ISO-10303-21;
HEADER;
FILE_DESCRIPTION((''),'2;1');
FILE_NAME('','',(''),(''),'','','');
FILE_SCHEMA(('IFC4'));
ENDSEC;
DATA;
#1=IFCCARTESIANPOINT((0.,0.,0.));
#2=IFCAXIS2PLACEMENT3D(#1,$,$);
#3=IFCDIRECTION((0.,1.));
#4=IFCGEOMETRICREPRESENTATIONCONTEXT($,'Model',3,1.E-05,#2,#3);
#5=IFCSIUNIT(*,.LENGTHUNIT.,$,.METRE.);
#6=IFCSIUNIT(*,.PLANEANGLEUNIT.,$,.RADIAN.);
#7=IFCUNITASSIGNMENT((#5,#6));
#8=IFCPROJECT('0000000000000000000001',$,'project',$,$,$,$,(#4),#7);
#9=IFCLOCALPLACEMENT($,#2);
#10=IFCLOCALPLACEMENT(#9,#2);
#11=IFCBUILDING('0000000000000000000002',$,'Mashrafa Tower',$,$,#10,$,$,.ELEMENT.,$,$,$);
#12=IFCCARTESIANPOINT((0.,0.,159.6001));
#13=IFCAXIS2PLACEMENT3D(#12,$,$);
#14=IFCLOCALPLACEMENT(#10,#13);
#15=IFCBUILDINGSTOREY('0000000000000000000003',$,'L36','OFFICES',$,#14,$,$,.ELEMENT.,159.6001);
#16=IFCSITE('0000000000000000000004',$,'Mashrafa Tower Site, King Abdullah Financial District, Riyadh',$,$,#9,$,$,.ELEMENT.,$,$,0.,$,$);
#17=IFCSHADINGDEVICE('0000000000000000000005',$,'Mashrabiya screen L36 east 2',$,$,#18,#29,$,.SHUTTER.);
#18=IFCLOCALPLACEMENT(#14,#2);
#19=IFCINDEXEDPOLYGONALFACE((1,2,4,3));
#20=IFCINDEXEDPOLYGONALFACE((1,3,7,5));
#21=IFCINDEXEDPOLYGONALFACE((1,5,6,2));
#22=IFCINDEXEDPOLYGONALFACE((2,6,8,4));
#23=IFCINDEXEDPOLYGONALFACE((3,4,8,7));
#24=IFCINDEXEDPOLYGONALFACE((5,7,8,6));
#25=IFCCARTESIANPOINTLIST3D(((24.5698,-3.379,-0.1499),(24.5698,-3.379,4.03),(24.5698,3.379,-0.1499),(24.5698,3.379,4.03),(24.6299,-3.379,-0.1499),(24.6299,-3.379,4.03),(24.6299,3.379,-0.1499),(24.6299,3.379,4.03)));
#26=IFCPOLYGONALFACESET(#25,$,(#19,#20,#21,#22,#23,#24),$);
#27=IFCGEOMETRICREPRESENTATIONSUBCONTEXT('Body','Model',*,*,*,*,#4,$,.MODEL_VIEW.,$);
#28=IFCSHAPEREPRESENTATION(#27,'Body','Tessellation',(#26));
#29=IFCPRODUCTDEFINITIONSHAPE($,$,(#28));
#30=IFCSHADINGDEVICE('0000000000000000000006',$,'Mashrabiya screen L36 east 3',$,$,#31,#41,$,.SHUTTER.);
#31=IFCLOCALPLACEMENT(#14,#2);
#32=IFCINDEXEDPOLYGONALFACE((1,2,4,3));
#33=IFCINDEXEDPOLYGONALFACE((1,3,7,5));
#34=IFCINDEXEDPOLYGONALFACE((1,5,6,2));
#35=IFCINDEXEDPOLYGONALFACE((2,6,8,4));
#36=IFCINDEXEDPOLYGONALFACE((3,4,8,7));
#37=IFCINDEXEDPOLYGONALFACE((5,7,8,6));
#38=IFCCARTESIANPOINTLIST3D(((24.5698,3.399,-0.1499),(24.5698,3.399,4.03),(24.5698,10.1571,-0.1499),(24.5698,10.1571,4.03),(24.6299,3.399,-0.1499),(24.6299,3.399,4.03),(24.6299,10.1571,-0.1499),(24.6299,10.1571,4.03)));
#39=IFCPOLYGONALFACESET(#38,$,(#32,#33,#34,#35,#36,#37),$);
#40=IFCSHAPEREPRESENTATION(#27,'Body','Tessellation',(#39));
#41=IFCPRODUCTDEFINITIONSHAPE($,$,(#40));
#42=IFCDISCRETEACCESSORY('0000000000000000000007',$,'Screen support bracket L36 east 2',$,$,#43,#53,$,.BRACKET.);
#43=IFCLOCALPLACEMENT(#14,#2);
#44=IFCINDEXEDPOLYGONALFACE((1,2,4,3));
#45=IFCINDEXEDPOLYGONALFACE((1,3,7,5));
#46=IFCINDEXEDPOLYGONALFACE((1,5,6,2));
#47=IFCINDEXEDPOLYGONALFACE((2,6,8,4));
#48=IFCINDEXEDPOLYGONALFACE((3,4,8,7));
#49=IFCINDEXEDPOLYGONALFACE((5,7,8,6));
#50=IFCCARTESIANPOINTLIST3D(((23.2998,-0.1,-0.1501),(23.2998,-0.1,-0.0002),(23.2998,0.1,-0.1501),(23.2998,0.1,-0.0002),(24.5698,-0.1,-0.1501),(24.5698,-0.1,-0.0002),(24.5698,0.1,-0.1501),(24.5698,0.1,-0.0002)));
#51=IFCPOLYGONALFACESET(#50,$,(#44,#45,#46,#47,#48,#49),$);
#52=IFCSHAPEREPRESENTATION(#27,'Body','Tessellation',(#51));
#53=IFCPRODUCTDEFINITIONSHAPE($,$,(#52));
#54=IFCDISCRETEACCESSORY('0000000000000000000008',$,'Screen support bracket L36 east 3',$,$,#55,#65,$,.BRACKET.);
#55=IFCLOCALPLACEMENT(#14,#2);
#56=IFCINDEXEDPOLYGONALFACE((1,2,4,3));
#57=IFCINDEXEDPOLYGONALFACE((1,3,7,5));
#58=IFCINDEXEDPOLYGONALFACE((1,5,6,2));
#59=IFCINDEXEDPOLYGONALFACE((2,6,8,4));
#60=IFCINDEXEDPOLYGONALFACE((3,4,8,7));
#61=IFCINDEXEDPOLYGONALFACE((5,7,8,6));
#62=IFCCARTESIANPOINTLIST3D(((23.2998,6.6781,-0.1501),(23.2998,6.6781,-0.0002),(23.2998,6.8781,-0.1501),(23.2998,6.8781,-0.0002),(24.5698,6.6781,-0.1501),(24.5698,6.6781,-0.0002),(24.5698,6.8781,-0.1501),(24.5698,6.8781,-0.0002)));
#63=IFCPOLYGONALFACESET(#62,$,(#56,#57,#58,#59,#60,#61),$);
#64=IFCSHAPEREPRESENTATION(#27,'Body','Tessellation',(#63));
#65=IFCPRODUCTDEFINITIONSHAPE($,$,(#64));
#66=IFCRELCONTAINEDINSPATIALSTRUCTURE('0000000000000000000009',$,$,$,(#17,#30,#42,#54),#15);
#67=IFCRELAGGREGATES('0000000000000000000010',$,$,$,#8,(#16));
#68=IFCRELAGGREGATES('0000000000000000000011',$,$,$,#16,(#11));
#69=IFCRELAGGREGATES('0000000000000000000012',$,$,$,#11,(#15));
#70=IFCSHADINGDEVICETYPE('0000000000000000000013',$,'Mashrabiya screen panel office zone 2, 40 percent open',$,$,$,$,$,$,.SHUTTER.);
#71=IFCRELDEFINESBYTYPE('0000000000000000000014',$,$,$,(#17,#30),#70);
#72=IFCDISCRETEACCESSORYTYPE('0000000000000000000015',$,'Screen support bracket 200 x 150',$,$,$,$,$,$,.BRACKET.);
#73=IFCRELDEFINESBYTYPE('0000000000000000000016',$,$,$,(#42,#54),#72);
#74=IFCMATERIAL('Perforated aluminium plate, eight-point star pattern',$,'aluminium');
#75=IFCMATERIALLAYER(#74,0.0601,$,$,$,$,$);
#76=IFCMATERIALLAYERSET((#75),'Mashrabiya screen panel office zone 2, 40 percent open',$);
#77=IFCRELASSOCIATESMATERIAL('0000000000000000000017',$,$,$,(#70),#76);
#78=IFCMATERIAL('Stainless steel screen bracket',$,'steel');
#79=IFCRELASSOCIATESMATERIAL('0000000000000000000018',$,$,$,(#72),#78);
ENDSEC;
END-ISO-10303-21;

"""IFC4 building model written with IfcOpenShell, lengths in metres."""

from ifc_helpers import new_model, si_unit, direction, frame, origin, origin_2d, place, context, subcontext, project, spatial, rectangle, extrude, source, transform, mapped, material, layer, layer_set, type_object, type_shapes, element, save


model = new_model("IFC4")

# Units and contexts
model_context = context("Model", 3, precision=1e-05, world=origin(), true_north=direction((0.0, 1.0)))
body_context = subcontext(model_context, "Body", "Model", "MODEL_VIEW")
ifc_project = project(units=[si_unit("LENGTHUNIT", "METRE"), si_unit("PLANEANGLEUNIT", "RADIAN")], contexts=[model_context])

# Site, building, storey
site_placement = place(None, origin())
site = spatial("IfcSite", under=ifc_project, at=site_placement, Name="Mashrafa Tower Site, King Abdullah Financial District, Riyadh", CompositionType="ELEMENT", RefElevation=0.0)
building_placement = place(site_placement, origin())
building = spatial("IfcBuilding", under=site, at=building_placement, Name="Mashrafa Tower", CompositionType="ELEMENT")
storey_placement = place(building_placement, frame((0.0, 0.0, 159.6001)))
storey = spatial("IfcBuildingStorey", under=building, at=storey_placement, Name="L36", Description="OFFICES", CompositionType="ELEMENT", Elevation=159.6001)

# Shading devices
ifc_material_1 = material(Name="Perforated aluminium plate, eight-point star pattern", Category="aluminium")
ifc_layer_1 = layer(ifc_material_1, 0.0601)
ifc_layer_set_1 = layer_set([ifc_layer_1], Name="Mashrabiya screen panel office zone 2, 40 percent open")
shading_device_type = type_object("IfcShadingDeviceType", Name="Mashrabiya screen panel office zone 2, 40 percent open", PredefinedType="SHUTTER", material=ifc_layer_set_1)
shared_shape_1 = source(origin(), body_context, "Body", "SweptSolid", [
    extrude(rectangle(XDim=6.7581, YDim=0.0601, at=origin_2d()), origin(), (0.0, 0.0, 1.0), 4.1799),
])
type_shapes(shading_device_type, [shared_shape_1])
for number, where, z_axis, x_axis, name in (
    (1, (24.5999, 0.0, -0.1499), (0.0, 0.0, 1.0), (0.0, 1.0, 0.0), "Mashrabiya screen L36 east 2"),
    (2, (24.5999, 6.7781, -0.1499), (0.0, 0.0, 1.0), (0.0, 1.0, 0.0), "Mashrabiya screen L36 east 3"),
):
    element("IfcShadingDevice", number, at=place(storey_placement, frame(where, z_axis=z_axis, x_axis=x_axis)), inside=storey, type_object=shading_device_type, Name=name, PredefinedType="SHUTTER", context=body_context, shape_type="MappedRepresentation", body=[
        mapped(shared_shape_1, transform((0.0, 0.0, 0.0))),
    ])

# Discrete accessories
ifc_material_2 = material(Name="Stainless steel screen bracket", Category="steel")
discrete_accessory_type = type_object("IfcDiscreteAccessoryType", Name="Screen support bracket 200 x 150", PredefinedType="BRACKET", material=ifc_material_2)
shared_shape_2 = source(origin(), body_context, "Body", "SweptSolid", [
    extrude(rectangle(XDim=0.2, YDim=1.27, at=origin_2d()), origin(), (0.0, 0.0, 1.0), 0.1499),
])
type_shapes(discrete_accessory_type, [shared_shape_2])
for number, where, z_axis, x_axis, name in (
    (3, (23.9348, 0.0, -0.1501), (0.0, 0.0, 1.0), (0.0, 1.0, 0.0), "Screen support bracket L36 east 2"),
    (4, (23.9348, 6.7781, -0.1501), (0.0, 0.0, 1.0), (0.0, 1.0, 0.0), "Screen support bracket L36 east 3"),
):
    element("IfcDiscreteAccessory", number, at=place(storey_placement, frame(where, z_axis=z_axis, x_axis=x_axis)), inside=storey, type_object=discrete_accessory_type, Name=name, PredefinedType="BRACKET", context=body_context, shape_type="MappedRepresentation", body=[
        mapped(shared_shape_2, transform((0.0, 0.0, 0.0))),
    ])

save(model, "model.ifc")
